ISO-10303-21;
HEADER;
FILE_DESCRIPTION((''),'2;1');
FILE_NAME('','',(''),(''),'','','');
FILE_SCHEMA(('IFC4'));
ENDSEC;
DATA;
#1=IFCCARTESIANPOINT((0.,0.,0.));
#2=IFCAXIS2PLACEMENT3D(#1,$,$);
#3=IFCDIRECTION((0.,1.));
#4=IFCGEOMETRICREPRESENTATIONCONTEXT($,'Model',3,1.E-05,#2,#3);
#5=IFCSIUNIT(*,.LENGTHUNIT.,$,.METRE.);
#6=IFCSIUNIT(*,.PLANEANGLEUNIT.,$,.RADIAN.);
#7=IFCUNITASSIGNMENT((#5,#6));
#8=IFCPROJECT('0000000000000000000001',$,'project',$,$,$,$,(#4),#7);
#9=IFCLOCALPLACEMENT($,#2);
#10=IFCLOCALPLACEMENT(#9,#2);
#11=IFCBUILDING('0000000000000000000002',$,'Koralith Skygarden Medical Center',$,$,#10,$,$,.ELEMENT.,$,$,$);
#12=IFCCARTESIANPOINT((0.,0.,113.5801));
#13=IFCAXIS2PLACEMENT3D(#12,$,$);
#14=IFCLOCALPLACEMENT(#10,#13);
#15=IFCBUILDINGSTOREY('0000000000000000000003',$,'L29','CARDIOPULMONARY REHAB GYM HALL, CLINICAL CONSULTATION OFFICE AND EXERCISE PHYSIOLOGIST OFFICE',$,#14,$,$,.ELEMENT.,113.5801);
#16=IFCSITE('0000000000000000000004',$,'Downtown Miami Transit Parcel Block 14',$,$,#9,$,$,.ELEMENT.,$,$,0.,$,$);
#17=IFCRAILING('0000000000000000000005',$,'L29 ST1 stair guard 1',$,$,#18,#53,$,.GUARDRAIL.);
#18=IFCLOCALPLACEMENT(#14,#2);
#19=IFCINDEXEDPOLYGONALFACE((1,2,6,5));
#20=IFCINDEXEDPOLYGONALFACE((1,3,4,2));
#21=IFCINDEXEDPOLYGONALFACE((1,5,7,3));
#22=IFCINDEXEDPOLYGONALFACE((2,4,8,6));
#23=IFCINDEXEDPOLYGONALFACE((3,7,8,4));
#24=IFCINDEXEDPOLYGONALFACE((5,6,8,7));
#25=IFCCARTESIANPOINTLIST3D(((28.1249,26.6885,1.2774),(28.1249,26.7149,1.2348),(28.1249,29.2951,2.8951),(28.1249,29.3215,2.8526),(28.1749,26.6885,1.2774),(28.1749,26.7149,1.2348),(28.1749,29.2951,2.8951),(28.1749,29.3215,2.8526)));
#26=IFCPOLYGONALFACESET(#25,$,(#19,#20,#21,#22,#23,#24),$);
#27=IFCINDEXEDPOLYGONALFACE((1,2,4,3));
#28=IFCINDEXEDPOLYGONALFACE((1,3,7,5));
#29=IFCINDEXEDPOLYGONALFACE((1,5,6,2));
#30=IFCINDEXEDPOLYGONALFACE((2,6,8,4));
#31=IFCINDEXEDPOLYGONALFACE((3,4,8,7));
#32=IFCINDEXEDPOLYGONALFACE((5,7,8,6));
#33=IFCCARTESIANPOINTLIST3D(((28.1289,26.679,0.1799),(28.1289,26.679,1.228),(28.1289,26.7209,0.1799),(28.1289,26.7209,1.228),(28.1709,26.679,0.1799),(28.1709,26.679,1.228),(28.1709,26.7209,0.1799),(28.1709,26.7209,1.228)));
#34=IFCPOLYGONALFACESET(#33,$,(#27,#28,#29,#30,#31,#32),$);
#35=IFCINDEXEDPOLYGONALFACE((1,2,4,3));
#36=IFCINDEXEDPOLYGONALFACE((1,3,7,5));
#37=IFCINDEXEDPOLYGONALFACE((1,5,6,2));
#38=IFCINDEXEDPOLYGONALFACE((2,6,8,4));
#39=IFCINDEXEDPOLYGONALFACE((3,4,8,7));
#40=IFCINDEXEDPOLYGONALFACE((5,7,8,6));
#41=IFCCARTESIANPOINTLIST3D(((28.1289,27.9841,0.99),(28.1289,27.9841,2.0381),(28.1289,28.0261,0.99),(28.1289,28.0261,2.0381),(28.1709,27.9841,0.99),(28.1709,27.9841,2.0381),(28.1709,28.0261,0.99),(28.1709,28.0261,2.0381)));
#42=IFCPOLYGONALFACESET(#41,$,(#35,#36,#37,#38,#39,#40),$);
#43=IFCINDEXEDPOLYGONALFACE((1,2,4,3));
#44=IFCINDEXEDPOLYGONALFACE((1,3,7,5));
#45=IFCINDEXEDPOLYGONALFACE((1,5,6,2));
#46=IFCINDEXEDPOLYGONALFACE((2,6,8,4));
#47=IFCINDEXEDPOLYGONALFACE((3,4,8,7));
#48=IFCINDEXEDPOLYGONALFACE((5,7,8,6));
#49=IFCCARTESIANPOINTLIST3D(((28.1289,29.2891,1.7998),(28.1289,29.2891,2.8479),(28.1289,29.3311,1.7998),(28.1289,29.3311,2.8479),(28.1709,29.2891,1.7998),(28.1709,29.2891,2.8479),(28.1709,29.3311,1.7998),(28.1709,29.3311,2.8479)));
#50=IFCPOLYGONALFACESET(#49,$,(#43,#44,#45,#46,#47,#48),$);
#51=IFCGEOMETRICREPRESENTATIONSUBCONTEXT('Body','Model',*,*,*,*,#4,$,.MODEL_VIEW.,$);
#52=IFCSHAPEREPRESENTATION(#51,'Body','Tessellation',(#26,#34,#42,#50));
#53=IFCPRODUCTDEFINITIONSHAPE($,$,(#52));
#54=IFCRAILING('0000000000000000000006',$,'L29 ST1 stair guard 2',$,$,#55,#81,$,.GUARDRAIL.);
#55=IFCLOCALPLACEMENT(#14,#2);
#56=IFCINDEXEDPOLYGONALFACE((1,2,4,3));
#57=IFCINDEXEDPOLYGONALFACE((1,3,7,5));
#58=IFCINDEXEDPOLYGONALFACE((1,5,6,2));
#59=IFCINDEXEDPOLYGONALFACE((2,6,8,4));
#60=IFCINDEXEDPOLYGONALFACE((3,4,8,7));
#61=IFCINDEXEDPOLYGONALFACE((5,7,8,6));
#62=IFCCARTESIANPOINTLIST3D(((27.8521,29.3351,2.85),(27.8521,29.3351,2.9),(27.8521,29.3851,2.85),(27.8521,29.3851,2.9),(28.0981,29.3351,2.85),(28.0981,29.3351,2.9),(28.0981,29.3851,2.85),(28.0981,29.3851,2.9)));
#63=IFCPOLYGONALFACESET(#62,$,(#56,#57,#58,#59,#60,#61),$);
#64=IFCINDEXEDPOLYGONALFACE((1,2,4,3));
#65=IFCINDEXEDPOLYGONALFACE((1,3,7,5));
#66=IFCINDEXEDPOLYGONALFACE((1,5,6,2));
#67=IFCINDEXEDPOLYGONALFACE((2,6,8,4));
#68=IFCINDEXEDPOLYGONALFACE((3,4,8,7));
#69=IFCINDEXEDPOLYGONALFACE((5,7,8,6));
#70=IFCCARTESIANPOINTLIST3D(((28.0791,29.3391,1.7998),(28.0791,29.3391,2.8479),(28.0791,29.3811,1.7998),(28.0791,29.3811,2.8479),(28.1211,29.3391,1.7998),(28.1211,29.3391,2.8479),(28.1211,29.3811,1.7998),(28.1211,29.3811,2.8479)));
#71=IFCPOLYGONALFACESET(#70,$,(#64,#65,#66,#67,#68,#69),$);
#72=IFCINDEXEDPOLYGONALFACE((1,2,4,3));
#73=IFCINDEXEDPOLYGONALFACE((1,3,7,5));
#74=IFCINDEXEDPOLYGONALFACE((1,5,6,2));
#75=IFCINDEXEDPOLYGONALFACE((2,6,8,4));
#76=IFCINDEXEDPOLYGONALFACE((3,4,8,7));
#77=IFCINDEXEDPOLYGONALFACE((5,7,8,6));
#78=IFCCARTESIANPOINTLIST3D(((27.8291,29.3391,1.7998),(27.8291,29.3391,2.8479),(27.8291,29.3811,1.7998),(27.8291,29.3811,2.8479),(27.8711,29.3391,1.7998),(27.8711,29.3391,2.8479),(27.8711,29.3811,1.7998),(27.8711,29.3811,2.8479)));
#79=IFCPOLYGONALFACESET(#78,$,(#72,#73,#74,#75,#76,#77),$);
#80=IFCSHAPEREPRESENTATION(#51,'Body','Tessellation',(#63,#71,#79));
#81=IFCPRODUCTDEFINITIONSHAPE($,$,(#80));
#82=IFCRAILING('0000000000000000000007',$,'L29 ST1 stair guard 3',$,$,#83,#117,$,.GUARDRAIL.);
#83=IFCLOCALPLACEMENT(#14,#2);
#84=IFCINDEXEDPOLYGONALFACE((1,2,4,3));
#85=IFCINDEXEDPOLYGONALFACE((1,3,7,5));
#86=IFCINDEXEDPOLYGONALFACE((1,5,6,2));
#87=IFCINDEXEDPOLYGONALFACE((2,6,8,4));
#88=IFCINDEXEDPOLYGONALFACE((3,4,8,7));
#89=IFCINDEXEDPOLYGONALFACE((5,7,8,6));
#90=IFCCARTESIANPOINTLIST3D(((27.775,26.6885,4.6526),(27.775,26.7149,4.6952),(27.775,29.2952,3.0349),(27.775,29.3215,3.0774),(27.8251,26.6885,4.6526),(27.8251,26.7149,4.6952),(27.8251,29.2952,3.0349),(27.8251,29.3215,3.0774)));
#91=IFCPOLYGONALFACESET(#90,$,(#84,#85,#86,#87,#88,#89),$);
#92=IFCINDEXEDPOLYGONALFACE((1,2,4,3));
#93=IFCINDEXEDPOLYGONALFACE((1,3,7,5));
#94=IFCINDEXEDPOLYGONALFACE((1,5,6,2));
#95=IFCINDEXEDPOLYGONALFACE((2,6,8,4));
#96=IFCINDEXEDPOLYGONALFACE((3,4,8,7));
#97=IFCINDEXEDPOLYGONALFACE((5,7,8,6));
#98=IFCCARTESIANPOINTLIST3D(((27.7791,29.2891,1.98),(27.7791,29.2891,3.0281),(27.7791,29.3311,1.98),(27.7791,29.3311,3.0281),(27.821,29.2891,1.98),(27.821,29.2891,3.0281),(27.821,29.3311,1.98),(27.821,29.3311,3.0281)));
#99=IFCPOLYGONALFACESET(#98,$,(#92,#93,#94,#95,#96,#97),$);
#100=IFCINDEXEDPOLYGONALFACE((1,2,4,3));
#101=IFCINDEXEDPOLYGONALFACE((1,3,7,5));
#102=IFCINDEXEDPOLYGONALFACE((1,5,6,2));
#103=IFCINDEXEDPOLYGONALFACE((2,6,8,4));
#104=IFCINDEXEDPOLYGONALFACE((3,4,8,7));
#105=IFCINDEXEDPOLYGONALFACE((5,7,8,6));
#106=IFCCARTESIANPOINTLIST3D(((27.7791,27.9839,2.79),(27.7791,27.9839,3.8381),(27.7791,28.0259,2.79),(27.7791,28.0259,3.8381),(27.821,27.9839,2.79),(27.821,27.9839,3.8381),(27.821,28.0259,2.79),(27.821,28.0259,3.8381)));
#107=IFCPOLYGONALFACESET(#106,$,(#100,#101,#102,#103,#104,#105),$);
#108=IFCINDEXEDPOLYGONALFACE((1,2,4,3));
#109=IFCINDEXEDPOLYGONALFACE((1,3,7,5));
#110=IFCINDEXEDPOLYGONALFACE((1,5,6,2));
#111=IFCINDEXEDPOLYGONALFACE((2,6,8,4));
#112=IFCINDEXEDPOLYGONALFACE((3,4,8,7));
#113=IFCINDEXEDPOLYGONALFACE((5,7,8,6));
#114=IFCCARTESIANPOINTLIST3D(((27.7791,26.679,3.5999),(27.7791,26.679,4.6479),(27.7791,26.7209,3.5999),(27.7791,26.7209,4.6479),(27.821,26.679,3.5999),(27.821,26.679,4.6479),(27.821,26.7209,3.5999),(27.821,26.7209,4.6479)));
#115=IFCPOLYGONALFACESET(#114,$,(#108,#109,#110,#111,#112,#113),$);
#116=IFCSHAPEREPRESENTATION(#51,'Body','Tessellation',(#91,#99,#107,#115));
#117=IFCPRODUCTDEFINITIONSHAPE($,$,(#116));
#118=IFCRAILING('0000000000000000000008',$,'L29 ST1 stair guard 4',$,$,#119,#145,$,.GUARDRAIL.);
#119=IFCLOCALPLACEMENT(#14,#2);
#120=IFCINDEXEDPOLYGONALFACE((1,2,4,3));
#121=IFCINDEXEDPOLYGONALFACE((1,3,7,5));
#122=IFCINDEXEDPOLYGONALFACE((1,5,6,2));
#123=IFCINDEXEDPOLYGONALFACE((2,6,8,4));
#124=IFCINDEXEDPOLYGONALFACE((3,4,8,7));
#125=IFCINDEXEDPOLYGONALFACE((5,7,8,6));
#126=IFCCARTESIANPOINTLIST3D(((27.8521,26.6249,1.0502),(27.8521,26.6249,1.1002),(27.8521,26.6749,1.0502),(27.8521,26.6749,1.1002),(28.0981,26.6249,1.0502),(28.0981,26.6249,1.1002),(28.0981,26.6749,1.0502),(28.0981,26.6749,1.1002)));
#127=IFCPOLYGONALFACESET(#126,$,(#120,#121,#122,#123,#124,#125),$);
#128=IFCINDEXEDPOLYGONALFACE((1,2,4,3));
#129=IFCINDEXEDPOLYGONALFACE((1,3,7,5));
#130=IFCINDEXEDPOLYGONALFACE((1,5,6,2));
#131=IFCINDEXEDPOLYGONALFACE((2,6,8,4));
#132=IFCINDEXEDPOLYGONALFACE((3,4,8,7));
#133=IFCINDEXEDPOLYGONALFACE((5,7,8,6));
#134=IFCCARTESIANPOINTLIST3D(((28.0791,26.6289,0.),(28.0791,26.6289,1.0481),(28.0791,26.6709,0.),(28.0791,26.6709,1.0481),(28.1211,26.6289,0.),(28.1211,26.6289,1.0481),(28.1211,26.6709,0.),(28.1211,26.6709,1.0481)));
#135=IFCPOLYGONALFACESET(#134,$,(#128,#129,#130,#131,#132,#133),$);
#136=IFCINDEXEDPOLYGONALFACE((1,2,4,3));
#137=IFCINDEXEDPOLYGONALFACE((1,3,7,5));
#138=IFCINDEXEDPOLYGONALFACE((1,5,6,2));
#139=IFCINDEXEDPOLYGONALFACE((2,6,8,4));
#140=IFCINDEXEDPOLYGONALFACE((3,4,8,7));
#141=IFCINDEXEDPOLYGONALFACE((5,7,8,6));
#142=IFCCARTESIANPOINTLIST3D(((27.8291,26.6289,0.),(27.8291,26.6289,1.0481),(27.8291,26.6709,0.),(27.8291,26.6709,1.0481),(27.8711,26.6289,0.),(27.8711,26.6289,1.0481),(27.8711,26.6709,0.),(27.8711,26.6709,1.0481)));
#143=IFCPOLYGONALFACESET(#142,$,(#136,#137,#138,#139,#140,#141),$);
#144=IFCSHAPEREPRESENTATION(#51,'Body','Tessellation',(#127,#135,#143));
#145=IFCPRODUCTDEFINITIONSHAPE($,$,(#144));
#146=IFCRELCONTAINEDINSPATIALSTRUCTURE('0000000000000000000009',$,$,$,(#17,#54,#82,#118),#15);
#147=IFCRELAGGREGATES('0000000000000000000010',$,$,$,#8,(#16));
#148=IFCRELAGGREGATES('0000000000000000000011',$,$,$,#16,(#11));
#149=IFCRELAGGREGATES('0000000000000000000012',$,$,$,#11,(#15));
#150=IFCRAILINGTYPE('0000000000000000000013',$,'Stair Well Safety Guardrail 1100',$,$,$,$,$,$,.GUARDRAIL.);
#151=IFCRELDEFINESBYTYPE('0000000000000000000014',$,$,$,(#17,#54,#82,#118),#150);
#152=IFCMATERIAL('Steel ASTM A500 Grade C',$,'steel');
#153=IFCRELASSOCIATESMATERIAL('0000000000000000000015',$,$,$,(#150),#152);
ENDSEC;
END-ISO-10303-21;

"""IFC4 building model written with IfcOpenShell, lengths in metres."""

from ifc_helpers import new_model, si_unit, direction, frame, origin, origin_2d, place, context, subcontext, project, spatial, rectangle, extrude, material, type_object, element, save


model = new_model("IFC4")

# Units and contexts
model_context = context("Model", 3, precision=1e-05, world=origin(), true_north=direction((0.0, 1.0)))
body_context = subcontext(model_context, "Body", "Model", "MODEL_VIEW")
ifc_project = project(units=[si_unit("LENGTHUNIT", "METRE"), si_unit("PLANEANGLEUNIT", "RADIAN")], contexts=[model_context])

# Site, building, storey
site_placement = place(None, origin())
site = spatial("IfcSite", under=ifc_project, at=site_placement, Name="Downtown Miami Transit Parcel Block 14", CompositionType="ELEMENT", RefElevation=0.0)
building_placement = place(site_placement, origin())
building = spatial("IfcBuilding", under=site, at=building_placement, Name="Koralith Skygarden Medical Center", CompositionType="ELEMENT")
storey_placement = place(building_placement, frame((0.0, 0.0, 113.5801)))
storey = spatial("IfcBuildingStorey", under=building, at=storey_placement, Name="L29", Description="CARDIOPULMONARY REHAB GYM HALL, CLINICAL CONSULTATION OFFICE AND EXERCISE PHYSIOLOGIST OFFICE", CompositionType="ELEMENT", Elevation=113.5801)

# Shared definitions
ifc_material_1 = material(Name="Steel ASTM A500 Grade C", Category="steel")

# Railings
railing_type_1 = type_object("IfcRailingType", Name="Stair Well Safety Guardrail 1100", PredefinedType="GUARDRAIL", material=ifc_material_1)
railing_1_placement = place(storey_placement, frame((28.1499, 26.7, 0.1799)))
element("IfcRailing", 1, at=railing_1_placement, inside=storey, type_object=railing_type_1, Name="L29 ST1 stair guard 1", PredefinedType="GUARDRAIL", context=body_context, shape_type="SweptSolid", body=[
    extrude(rectangle(XDim=0.05, YDim=0.05, at=origin_2d()), frame((0.0, 0.0017, 1.0762), z_axis=(0.0, 0.849668, 0.527317), x_axis=(-1.0, 0.0, 0.0)), (0.0, 0.0, 1.0), 3.0679),
    extrude(rectangle(XDim=0.042, YDim=0.042, at=origin_2d()), origin(), (0.0, 0.0, 1.0), 1.0481),
    extrude(rectangle(XDim=0.042, YDim=0.042, at=origin_2d()), frame((0.0, 1.3052, 0.8101)), (0.0, 0.0, 1.0), 1.0481),
    extrude(rectangle(XDim=0.042, YDim=0.042, at=origin_2d()), frame((0.0, 2.6101, 1.6199)), (0.0, 0.0, 1.0), 1.0481),
])
railing_2_placement = place(storey_placement, frame((28.1001, 29.3601, 1.7998)))
element("IfcRailing", 2, at=railing_2_placement, inside=storey, type_object=railing_type_1, Name="L29 ST1 stair guard 2", PredefinedType="GUARDRAIL", context=body_context, shape_type="SweptSolid", body=[
    extrude(rectangle(XDim=0.05, YDim=0.05, at=origin_2d()), frame((-0.002, 0.0, 1.0752), z_axis=(-1.0, 0.0, 0.0), x_axis=(0.0, -1.0, 0.0)), (0.0, 0.0, 1.0), 0.2461),
    extrude(rectangle(XDim=0.042, YDim=0.042, at=origin_2d()), origin(), (0.0, 0.0, 1.0), 1.0481),
    extrude(rectangle(XDim=0.042, YDim=0.042, at=origin_2d()), frame((-0.25, 0.0, 0.0)), (0.0, 0.0, 1.0), 1.0481),
])
railing_3_placement = place(storey_placement, frame((27.8, 29.3101, 1.98)))
element("IfcRailing", 3, at=railing_3_placement, inside=storey, type_object=railing_type_1, Name="L29 ST1 stair guard 3", PredefinedType="GUARDRAIL", context=body_context, shape_type="SweptSolid", body=[
    extrude(rectangle(XDim=0.05, YDim=0.05, at=origin_2d()), frame((0.0, -0.0017, 1.0762), z_axis=(0.0, -0.849668, 0.527317), x_axis=(1.0, 0.0, 0.0)), (0.0, 0.0, 1.0), 3.0679),
    extrude(rectangle(XDim=0.042, YDim=0.042, at=origin_2d()), origin(), (0.0, 0.0, 1.0), 1.0481),
    extrude(rectangle(XDim=0.042, YDim=0.042, at=origin_2d()), frame((0.0, -1.3052, 0.8101)), (0.0, 0.0, 1.0), 1.0481),
    extrude(rectangle(XDim=0.042, YDim=0.042, at=origin_2d()), frame((0.0, -2.6101, 1.6199)), (0.0, 0.0, 1.0), 1.0481),
])
railing_4_placement = place(storey_placement, frame((28.1001, 26.6499, 0.0)))
element("IfcRailing", 4, at=railing_4_placement, inside=storey, type_object=railing_type_1, Name="L29 ST1 stair guard 4", PredefinedType="GUARDRAIL", context=body_context, shape_type="SweptSolid", body=[
    extrude(rectangle(XDim=0.05, YDim=0.05, at=origin_2d()), frame((-0.002, 0.0, 1.0752), z_axis=(-1.0, 0.0, 0.0), x_axis=(0.0, -1.0, 0.0)), (0.0, 0.0, 1.0), 0.2461),
    extrude(rectangle(XDim=0.042, YDim=0.042, at=origin_2d()), origin(), (0.0, 0.0, 1.0), 1.0481),
    extrude(rectangle(XDim=0.042, YDim=0.042, at=origin_2d()), frame((-0.25, 0.0, 0.0)), (0.0, 0.0, 1.0), 1.0481),
])

save(model, "model.ifc")
